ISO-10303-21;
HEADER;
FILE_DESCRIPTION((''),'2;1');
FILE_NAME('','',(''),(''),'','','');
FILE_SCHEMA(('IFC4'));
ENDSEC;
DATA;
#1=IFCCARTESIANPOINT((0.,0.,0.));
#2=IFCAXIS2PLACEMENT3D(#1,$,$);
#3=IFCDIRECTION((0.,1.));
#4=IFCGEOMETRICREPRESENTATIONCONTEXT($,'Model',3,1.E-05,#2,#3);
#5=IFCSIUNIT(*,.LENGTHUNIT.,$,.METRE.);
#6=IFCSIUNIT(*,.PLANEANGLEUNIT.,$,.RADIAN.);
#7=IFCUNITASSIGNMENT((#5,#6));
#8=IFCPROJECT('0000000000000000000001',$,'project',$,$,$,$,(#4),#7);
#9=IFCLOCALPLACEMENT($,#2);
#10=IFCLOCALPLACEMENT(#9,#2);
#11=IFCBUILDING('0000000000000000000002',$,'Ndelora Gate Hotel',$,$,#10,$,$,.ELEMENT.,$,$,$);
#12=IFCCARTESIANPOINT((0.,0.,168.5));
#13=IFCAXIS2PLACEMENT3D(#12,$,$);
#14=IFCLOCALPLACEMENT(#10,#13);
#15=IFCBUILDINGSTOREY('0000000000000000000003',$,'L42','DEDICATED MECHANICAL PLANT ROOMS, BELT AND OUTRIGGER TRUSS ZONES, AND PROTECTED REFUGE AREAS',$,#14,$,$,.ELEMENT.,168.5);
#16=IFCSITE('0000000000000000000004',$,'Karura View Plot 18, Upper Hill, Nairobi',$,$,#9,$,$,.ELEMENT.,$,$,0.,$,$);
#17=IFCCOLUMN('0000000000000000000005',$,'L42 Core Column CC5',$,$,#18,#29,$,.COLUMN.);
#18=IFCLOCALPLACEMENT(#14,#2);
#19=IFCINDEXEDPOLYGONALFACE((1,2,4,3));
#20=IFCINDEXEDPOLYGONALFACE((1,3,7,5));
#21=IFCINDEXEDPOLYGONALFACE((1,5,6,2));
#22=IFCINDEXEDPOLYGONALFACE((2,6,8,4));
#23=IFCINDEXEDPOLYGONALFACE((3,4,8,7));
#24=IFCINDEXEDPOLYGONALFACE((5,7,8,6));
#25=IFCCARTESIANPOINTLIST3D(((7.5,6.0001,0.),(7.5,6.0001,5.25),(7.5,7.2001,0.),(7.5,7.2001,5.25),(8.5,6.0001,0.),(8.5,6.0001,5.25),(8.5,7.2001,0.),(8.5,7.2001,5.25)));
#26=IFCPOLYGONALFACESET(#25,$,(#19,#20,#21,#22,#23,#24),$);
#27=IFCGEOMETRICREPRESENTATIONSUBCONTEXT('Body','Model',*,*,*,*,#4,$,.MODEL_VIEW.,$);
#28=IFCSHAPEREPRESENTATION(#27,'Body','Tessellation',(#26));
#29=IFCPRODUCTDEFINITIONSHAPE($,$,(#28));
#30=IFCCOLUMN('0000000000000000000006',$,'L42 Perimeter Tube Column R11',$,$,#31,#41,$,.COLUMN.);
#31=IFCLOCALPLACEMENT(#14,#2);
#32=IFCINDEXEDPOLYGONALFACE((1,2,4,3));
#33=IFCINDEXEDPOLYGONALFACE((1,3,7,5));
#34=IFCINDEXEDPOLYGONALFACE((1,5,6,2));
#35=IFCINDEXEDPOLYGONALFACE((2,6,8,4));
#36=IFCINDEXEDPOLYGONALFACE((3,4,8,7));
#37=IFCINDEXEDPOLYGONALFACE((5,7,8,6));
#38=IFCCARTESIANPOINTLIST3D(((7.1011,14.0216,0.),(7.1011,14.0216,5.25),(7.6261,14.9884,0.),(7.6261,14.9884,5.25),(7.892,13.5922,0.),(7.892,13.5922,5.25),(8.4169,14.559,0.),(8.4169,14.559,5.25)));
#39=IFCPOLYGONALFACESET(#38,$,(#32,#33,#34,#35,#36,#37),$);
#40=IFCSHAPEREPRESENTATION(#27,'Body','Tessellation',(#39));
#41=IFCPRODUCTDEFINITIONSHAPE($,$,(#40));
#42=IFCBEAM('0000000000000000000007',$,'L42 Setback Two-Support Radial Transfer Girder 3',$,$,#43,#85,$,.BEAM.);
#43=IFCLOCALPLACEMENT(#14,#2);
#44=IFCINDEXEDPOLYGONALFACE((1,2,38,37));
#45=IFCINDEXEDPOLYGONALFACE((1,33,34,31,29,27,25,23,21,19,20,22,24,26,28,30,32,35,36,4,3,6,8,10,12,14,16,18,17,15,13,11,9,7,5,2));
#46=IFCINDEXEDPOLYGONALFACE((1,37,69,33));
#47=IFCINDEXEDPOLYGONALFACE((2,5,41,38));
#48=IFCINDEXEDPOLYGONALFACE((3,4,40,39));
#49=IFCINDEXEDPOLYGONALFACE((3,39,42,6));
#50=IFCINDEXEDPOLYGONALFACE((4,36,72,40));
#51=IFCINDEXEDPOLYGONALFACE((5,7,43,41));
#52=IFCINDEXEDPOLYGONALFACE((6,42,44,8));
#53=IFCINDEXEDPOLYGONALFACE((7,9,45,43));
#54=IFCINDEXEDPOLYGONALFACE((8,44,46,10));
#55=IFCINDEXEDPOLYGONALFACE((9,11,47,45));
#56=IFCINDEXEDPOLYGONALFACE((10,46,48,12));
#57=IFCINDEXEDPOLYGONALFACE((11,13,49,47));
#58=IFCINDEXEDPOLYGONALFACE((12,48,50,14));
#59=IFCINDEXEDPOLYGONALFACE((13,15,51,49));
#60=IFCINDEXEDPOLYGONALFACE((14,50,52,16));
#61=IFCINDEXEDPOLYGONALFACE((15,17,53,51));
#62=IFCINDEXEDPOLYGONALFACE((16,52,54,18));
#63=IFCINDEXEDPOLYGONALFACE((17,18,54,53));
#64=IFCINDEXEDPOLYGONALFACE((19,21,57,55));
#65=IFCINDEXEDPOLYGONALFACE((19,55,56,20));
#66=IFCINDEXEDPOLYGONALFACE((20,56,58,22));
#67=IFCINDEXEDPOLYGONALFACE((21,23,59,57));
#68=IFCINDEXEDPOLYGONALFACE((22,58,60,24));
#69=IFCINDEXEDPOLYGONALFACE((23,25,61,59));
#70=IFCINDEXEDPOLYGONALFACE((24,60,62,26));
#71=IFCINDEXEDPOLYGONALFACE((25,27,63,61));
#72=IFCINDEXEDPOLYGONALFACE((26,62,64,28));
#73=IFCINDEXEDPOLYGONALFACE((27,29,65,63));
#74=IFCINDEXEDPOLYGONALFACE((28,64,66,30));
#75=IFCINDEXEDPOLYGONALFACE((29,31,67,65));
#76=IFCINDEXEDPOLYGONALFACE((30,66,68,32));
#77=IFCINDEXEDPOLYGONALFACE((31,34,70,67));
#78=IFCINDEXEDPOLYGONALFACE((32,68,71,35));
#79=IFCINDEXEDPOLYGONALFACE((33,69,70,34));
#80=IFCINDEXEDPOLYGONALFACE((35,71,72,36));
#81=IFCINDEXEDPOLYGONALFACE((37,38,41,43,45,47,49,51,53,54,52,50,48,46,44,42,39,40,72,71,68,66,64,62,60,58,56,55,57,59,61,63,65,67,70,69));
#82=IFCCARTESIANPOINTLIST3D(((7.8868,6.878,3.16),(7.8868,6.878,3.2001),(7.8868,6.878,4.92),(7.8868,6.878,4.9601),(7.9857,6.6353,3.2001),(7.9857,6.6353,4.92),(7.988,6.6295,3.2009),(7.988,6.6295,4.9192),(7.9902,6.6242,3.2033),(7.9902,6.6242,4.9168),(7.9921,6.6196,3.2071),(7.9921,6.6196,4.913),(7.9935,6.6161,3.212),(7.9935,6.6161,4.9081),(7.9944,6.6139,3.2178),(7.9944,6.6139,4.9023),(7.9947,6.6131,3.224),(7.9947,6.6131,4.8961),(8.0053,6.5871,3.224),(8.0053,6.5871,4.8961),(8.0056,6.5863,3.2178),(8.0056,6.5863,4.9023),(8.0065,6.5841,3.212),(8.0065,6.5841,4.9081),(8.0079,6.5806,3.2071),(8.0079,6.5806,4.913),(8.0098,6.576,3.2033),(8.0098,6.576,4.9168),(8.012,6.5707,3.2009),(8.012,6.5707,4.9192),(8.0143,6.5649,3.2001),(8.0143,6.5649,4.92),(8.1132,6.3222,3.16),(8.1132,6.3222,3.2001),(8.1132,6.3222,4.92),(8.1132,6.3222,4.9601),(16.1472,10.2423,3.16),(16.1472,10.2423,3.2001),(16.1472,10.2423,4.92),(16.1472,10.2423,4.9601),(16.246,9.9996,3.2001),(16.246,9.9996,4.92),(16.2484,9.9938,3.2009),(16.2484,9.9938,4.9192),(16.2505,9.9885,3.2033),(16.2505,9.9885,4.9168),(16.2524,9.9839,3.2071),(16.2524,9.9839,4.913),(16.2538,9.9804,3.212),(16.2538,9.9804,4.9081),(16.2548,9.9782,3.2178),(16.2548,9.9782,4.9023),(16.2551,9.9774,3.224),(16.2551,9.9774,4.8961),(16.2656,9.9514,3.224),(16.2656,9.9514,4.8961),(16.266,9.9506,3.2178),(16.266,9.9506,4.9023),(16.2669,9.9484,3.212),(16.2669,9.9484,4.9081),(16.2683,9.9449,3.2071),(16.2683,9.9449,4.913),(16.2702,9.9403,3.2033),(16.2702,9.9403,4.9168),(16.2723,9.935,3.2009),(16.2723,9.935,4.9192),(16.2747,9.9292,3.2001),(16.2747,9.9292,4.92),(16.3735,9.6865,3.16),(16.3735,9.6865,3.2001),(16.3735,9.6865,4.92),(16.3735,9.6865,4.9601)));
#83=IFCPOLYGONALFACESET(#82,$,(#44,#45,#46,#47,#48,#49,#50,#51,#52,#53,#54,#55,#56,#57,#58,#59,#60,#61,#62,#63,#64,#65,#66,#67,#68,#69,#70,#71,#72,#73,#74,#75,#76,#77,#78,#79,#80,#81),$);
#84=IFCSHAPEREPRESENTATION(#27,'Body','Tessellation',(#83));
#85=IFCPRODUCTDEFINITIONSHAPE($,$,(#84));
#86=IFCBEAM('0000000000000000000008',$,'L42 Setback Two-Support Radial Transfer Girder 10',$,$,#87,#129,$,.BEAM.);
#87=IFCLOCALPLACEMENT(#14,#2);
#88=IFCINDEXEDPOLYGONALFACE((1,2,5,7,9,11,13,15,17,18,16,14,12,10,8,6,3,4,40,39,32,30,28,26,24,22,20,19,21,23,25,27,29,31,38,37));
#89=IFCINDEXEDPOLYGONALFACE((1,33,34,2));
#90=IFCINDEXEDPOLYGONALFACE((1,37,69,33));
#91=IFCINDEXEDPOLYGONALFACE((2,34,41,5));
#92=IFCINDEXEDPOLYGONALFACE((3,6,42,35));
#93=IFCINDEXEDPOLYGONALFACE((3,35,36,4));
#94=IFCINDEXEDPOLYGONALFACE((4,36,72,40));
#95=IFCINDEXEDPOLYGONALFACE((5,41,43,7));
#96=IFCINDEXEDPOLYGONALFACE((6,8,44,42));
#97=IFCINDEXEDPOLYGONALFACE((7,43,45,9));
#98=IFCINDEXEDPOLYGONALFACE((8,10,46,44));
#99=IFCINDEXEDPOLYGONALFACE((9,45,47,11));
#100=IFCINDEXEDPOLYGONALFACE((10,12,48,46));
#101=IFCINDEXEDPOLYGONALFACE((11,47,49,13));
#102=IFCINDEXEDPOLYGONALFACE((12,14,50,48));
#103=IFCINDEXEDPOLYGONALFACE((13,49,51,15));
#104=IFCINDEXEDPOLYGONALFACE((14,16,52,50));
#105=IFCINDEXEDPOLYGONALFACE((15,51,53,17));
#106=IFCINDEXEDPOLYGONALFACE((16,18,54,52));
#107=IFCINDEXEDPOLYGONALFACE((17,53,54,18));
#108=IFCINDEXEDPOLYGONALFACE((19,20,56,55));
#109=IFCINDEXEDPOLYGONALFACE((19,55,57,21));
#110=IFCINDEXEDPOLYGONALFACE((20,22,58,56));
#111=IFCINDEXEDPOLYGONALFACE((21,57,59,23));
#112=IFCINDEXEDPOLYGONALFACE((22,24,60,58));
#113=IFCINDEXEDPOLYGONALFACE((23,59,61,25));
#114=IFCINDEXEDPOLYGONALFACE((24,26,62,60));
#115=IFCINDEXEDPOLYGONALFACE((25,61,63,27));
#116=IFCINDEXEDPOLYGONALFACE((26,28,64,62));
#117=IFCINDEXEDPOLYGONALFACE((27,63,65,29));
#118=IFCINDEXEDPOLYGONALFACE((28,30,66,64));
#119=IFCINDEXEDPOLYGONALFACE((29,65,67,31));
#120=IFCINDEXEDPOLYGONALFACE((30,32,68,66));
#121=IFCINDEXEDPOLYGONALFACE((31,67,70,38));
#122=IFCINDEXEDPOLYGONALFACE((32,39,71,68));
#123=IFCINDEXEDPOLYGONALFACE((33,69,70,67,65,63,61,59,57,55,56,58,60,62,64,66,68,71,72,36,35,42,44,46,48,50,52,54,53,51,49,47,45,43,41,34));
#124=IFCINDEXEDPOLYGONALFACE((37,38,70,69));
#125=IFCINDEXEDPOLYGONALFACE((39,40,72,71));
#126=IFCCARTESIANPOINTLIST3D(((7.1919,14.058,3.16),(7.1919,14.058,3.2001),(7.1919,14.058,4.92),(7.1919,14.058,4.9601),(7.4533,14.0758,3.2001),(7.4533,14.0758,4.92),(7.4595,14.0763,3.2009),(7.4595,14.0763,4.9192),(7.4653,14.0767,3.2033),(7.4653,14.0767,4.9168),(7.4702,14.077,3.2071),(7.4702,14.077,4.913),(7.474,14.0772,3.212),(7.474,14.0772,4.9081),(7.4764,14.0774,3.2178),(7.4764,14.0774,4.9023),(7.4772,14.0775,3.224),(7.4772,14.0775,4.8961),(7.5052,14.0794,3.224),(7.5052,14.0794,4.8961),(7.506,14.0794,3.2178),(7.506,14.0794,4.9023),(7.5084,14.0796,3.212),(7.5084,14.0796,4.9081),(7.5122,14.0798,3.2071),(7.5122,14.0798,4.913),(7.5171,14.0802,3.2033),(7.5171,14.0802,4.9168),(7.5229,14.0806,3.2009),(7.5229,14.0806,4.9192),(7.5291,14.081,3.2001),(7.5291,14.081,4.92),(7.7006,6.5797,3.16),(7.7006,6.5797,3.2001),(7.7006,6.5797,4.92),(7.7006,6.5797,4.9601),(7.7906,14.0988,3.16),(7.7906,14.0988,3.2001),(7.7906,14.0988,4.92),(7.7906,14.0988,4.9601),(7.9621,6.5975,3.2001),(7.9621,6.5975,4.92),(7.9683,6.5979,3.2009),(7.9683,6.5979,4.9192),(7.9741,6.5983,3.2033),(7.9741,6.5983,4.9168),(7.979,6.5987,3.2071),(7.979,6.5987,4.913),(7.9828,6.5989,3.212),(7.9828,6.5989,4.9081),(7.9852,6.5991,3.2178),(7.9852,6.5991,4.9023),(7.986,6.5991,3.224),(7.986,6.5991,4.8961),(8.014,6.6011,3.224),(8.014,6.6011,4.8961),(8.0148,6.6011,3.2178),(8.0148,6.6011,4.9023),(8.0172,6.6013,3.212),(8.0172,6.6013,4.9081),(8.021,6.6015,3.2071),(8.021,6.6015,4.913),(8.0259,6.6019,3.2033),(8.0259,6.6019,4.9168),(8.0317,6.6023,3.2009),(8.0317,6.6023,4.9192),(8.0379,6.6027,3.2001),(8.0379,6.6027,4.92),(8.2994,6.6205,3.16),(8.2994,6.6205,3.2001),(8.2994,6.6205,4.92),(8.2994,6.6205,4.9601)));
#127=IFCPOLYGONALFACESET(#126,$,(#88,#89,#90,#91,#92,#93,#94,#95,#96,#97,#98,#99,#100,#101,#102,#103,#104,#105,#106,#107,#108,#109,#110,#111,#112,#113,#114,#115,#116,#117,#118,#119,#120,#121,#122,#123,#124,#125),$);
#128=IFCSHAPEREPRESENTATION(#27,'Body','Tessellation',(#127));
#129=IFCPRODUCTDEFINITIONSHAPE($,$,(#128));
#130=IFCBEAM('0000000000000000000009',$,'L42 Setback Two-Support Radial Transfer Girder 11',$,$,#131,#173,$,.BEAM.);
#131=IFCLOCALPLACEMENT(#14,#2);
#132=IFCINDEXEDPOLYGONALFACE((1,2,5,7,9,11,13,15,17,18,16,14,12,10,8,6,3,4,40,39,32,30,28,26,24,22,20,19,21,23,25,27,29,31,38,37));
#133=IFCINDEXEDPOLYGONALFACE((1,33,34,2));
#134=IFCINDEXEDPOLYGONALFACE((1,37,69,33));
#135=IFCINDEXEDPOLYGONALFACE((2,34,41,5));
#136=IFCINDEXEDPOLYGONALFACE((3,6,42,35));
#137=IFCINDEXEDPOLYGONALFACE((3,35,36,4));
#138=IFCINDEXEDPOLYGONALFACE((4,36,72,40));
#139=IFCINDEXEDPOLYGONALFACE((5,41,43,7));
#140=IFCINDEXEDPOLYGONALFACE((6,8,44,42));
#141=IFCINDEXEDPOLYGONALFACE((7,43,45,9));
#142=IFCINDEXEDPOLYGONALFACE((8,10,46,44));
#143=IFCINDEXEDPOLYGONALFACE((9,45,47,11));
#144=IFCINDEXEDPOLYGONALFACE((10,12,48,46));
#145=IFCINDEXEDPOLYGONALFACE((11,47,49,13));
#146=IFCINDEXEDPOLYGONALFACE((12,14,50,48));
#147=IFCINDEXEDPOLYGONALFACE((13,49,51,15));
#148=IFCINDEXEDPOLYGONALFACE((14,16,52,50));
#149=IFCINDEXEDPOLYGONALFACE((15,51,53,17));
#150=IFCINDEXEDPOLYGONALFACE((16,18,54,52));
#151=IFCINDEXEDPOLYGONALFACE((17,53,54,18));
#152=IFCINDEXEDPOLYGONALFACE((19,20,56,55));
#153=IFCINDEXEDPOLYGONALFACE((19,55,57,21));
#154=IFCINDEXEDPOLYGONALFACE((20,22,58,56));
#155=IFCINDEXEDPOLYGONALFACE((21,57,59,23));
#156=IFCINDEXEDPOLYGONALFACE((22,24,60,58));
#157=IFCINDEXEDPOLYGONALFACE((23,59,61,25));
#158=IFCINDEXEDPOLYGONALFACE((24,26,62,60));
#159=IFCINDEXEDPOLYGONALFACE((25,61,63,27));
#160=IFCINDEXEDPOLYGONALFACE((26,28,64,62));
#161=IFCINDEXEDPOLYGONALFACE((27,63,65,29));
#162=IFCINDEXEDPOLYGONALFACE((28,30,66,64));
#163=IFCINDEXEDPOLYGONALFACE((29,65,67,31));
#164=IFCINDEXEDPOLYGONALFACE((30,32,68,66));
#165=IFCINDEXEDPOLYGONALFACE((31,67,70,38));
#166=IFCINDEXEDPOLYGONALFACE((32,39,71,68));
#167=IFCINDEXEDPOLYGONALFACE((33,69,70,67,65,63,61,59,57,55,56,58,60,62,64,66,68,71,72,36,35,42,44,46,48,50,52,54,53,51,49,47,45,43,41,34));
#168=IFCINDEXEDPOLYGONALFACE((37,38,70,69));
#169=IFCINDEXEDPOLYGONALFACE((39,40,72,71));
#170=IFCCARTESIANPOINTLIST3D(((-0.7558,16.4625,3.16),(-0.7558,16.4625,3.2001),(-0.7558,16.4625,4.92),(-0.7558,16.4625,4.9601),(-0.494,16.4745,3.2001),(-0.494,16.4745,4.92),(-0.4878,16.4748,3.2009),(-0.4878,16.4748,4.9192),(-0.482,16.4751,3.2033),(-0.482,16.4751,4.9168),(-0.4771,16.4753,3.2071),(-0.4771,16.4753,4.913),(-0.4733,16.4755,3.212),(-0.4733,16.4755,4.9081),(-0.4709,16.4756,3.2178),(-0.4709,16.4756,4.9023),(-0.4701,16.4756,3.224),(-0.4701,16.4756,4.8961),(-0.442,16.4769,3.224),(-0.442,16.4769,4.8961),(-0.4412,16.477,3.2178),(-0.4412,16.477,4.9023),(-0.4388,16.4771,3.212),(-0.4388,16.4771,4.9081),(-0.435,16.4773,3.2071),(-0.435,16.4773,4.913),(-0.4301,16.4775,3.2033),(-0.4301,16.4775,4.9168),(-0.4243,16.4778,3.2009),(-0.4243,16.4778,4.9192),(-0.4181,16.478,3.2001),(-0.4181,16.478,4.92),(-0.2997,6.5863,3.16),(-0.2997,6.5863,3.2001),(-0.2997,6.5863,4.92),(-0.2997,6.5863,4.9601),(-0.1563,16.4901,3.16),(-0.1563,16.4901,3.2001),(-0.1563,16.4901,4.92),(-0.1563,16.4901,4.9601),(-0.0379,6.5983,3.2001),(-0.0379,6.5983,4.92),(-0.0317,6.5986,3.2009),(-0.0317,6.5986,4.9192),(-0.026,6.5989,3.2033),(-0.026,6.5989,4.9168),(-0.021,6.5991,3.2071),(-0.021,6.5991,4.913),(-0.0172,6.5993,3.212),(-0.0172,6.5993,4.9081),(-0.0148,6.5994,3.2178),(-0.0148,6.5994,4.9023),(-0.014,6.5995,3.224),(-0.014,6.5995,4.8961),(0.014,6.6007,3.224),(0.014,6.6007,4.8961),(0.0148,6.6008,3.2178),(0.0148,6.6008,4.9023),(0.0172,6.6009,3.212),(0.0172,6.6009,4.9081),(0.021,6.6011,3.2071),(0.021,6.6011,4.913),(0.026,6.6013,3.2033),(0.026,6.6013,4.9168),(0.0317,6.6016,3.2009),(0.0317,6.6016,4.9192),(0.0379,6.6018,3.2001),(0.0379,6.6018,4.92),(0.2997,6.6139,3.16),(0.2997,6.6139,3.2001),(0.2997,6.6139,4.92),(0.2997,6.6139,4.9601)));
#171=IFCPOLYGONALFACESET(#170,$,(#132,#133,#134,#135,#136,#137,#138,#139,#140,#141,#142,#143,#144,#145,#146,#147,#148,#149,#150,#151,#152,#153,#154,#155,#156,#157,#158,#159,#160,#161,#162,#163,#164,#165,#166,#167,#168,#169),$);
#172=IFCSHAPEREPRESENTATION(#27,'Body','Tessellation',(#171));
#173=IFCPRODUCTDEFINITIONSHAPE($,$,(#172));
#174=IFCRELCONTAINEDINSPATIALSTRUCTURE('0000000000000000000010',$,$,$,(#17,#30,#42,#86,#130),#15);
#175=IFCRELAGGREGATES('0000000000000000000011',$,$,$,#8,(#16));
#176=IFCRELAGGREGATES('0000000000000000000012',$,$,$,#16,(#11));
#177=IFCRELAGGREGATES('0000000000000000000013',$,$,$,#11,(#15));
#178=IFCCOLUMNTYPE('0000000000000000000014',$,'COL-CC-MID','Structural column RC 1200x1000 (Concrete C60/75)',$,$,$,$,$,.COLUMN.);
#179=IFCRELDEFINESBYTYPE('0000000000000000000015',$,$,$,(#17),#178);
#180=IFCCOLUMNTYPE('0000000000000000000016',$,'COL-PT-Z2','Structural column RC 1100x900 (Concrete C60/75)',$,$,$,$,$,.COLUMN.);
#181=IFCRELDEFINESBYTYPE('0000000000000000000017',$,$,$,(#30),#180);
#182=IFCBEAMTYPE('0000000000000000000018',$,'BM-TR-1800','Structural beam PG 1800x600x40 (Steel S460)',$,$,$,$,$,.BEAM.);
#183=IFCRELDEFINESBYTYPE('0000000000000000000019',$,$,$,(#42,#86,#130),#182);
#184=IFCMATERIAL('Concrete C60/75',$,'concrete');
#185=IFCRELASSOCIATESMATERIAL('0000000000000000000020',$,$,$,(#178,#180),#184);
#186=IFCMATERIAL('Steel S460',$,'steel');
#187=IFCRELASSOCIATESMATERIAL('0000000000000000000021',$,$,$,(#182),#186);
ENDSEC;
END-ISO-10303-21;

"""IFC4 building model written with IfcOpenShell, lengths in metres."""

from ifc_helpers import new_model, si_unit, direction, frame, origin, origin_2d, place, context, subcontext, project, spatial, rectangle, i_section, extrude, material, material_profile, profile_set, type_object, element, save


model = new_model("IFC4")

# Units and contexts
model_context = context("Model", 3, precision=1e-05, world=origin(), true_north=direction((0.0, 1.0)))
body_context = subcontext(model_context, "Body", "Model", "MODEL_VIEW")
ifc_project = project(units=[si_unit("LENGTHUNIT", "METRE"), si_unit("PLANEANGLEUNIT", "RADIAN")], contexts=[model_context])

# Site, building, storey
site_placement = place(None, origin())
site = spatial("IfcSite", under=ifc_project, at=site_placement, Name="Karura View Plot 18, Upper Hill, Nairobi", CompositionType="ELEMENT", RefElevation=0.0)
building_placement = place(site_placement, origin())
building = spatial("IfcBuilding", under=site, at=building_placement, Name="Ndelora Gate Hotel", CompositionType="ELEMENT")
storey_placement = place(building_placement, frame((0.0, 0.0, 168.5)))
storey = spatial("IfcBuildingStorey", under=building, at=storey_placement, Name="L42", Description="DEDICATED MECHANICAL PLANT ROOMS, BELT AND OUTRIGGER TRUSS ZONES, AND PROTECTED REFUGE AREAS", CompositionType="ELEMENT", Elevation=168.5)

# Columns
ifc_material_1 = material(Name="Concrete C60/75", Category="concrete")
ifc_material_profile_1 = material_profile(ifc_material_1, rectangle(XDim=1.0, YDim=1.2, at=origin_2d()), Name="RC 1200x1000")
ifc_profile_set_1 = profile_set([ifc_material_profile_1], Name="Concrete C60/75")
column_type_1 = type_object("IfcColumnType", Name="COL-CC-MID", Description="Structural column RC 1200x1000 (Concrete C60/75)", PredefinedType="COLUMN", material=ifc_profile_set_1)
column_1_placement = place(storey_placement, frame((8.0, 6.6001, 0.0), z_axis=(0.0, 0.0, 1.0), x_axis=(1.0, 0.0, 0.0)))
element("IfcColumn", 1, at=column_1_placement, inside=storey, type_object=column_type_1, Name="L42 Core Column CC5", PredefinedType="COLUMN", context=body_context, shape_type="SweptSolid", body=[
    extrude(rectangle(XDim=1.0, YDim=1.2, at=origin_2d()), origin(), (0.0, 0.0, 1.0), 5.25),
])
ifc_material_profile_2 = material_profile(ifc_material_1, rectangle(XDim=0.8999, YDim=1.1001, at=origin_2d()), Name="RC 1100x900")
ifc_profile_set_2 = profile_set([ifc_material_profile_2], Name="Concrete C60/75")
column_type_2 = type_object("IfcColumnType", Name="COL-PT-Z2", Description="Structural column RC 1100x900 (Concrete C60/75)", PredefinedType="COLUMN", material=ifc_profile_set_2)
column_2_placement = place(storey_placement, frame((7.759, 14.2903, 0.0), z_axis=(0.0, 0.0, 1.0), x_axis=(-0.878817, 0.477159, 0.0)))
element("IfcColumn", 2, at=column_2_placement, inside=storey, type_object=column_type_2, Name="L42 Perimeter Tube Column R11", PredefinedType="COLUMN", context=body_context, shape_type="SweptSolid", body=[
    extrude(rectangle(XDim=0.8999, YDim=1.1001, at=origin_2d()), origin(), (0.0, 0.0, 1.0), 5.25),
])

# Beams
ifc_material_2 = material(Name="Steel S460", Category="steel")
ifc_material_profile_3 = material_profile(ifc_material_2, i_section(OverallWidth=0.6001, OverallDepth=1.8, WebThickness=0.0281, FlangeThickness=0.04, FilletRadius=0.0239, at=origin_2d()), Name="PG 1800x600x40")
ifc_profile_set_3 = profile_set([ifc_material_profile_3], Name="Steel S460")
beam_type_1 = type_object("IfcBeamType", Name="BM-TR-1800", Description="Structural beam PG 1800x600x40 (Steel S460)", PredefinedType="BEAM", material=ifc_profile_set_3)
beam_1_placement = place(storey_placement, frame((8.0, 6.6001, 4.0601), z_axis=(0.926133, 0.377198, 0.0), x_axis=(-0.377198, 0.926133, 0.0)))
element("IfcBeam", 3, at=beam_1_placement, inside=storey, type_object=beam_type_1, Name="L42 Setback Two-Support Radial Transfer Girder 3", PredefinedType="BEAM", context=body_context, shape_type="SweptSolid", body=[
    extrude(i_section(OverallWidth=0.6001, OverallDepth=1.8, WebThickness=0.0281, FlangeThickness=0.04, FilletRadius=0.0239, at=origin_2d()), origin(), (0.0, 0.0, 1.0), 8.9192),
])
beam_2_placement = place(storey_placement, frame((8.0, 6.6001, 4.0601), z_axis=(-0.067879, 0.997694, 0.0), x_axis=(-0.997694, -0.067879, 0.0)))
element("IfcBeam", 4, at=beam_2_placement, inside=storey, type_object=beam_type_1, Name="L42 Setback Two-Support Radial Transfer Girder 10", PredefinedType="BEAM", context=body_context, shape_type="SweptSolid", body=[
    extrude(i_section(OverallWidth=0.6001, OverallDepth=1.8, WebThickness=0.0281, FlangeThickness=0.04, FilletRadius=0.0239, at=origin_2d()), origin(), (0.0, 0.0, 1.0), 7.4956),
])
beam_3_placement = place(storey_placement, frame((0.0, 6.6001, 4.0601), z_axis=(-0.046128, 0.998936, 0.0), x_axis=(-0.998936, -0.046128, 0.0)))
element("IfcBeam", 5, at=beam_3_placement, inside=storey, type_object=beam_type_1, Name="L42 Setback Two-Support Radial Transfer Girder 11", PredefinedType="BEAM", context=body_context, shape_type="SweptSolid", body=[
    extrude(i_section(OverallWidth=0.6001, OverallDepth=1.8, WebThickness=0.0281, FlangeThickness=0.04, FilletRadius=0.0239, at=origin_2d()), origin(), (0.0, 0.0, 1.0), 9.8867),
])

save(model, "model.ifc")
